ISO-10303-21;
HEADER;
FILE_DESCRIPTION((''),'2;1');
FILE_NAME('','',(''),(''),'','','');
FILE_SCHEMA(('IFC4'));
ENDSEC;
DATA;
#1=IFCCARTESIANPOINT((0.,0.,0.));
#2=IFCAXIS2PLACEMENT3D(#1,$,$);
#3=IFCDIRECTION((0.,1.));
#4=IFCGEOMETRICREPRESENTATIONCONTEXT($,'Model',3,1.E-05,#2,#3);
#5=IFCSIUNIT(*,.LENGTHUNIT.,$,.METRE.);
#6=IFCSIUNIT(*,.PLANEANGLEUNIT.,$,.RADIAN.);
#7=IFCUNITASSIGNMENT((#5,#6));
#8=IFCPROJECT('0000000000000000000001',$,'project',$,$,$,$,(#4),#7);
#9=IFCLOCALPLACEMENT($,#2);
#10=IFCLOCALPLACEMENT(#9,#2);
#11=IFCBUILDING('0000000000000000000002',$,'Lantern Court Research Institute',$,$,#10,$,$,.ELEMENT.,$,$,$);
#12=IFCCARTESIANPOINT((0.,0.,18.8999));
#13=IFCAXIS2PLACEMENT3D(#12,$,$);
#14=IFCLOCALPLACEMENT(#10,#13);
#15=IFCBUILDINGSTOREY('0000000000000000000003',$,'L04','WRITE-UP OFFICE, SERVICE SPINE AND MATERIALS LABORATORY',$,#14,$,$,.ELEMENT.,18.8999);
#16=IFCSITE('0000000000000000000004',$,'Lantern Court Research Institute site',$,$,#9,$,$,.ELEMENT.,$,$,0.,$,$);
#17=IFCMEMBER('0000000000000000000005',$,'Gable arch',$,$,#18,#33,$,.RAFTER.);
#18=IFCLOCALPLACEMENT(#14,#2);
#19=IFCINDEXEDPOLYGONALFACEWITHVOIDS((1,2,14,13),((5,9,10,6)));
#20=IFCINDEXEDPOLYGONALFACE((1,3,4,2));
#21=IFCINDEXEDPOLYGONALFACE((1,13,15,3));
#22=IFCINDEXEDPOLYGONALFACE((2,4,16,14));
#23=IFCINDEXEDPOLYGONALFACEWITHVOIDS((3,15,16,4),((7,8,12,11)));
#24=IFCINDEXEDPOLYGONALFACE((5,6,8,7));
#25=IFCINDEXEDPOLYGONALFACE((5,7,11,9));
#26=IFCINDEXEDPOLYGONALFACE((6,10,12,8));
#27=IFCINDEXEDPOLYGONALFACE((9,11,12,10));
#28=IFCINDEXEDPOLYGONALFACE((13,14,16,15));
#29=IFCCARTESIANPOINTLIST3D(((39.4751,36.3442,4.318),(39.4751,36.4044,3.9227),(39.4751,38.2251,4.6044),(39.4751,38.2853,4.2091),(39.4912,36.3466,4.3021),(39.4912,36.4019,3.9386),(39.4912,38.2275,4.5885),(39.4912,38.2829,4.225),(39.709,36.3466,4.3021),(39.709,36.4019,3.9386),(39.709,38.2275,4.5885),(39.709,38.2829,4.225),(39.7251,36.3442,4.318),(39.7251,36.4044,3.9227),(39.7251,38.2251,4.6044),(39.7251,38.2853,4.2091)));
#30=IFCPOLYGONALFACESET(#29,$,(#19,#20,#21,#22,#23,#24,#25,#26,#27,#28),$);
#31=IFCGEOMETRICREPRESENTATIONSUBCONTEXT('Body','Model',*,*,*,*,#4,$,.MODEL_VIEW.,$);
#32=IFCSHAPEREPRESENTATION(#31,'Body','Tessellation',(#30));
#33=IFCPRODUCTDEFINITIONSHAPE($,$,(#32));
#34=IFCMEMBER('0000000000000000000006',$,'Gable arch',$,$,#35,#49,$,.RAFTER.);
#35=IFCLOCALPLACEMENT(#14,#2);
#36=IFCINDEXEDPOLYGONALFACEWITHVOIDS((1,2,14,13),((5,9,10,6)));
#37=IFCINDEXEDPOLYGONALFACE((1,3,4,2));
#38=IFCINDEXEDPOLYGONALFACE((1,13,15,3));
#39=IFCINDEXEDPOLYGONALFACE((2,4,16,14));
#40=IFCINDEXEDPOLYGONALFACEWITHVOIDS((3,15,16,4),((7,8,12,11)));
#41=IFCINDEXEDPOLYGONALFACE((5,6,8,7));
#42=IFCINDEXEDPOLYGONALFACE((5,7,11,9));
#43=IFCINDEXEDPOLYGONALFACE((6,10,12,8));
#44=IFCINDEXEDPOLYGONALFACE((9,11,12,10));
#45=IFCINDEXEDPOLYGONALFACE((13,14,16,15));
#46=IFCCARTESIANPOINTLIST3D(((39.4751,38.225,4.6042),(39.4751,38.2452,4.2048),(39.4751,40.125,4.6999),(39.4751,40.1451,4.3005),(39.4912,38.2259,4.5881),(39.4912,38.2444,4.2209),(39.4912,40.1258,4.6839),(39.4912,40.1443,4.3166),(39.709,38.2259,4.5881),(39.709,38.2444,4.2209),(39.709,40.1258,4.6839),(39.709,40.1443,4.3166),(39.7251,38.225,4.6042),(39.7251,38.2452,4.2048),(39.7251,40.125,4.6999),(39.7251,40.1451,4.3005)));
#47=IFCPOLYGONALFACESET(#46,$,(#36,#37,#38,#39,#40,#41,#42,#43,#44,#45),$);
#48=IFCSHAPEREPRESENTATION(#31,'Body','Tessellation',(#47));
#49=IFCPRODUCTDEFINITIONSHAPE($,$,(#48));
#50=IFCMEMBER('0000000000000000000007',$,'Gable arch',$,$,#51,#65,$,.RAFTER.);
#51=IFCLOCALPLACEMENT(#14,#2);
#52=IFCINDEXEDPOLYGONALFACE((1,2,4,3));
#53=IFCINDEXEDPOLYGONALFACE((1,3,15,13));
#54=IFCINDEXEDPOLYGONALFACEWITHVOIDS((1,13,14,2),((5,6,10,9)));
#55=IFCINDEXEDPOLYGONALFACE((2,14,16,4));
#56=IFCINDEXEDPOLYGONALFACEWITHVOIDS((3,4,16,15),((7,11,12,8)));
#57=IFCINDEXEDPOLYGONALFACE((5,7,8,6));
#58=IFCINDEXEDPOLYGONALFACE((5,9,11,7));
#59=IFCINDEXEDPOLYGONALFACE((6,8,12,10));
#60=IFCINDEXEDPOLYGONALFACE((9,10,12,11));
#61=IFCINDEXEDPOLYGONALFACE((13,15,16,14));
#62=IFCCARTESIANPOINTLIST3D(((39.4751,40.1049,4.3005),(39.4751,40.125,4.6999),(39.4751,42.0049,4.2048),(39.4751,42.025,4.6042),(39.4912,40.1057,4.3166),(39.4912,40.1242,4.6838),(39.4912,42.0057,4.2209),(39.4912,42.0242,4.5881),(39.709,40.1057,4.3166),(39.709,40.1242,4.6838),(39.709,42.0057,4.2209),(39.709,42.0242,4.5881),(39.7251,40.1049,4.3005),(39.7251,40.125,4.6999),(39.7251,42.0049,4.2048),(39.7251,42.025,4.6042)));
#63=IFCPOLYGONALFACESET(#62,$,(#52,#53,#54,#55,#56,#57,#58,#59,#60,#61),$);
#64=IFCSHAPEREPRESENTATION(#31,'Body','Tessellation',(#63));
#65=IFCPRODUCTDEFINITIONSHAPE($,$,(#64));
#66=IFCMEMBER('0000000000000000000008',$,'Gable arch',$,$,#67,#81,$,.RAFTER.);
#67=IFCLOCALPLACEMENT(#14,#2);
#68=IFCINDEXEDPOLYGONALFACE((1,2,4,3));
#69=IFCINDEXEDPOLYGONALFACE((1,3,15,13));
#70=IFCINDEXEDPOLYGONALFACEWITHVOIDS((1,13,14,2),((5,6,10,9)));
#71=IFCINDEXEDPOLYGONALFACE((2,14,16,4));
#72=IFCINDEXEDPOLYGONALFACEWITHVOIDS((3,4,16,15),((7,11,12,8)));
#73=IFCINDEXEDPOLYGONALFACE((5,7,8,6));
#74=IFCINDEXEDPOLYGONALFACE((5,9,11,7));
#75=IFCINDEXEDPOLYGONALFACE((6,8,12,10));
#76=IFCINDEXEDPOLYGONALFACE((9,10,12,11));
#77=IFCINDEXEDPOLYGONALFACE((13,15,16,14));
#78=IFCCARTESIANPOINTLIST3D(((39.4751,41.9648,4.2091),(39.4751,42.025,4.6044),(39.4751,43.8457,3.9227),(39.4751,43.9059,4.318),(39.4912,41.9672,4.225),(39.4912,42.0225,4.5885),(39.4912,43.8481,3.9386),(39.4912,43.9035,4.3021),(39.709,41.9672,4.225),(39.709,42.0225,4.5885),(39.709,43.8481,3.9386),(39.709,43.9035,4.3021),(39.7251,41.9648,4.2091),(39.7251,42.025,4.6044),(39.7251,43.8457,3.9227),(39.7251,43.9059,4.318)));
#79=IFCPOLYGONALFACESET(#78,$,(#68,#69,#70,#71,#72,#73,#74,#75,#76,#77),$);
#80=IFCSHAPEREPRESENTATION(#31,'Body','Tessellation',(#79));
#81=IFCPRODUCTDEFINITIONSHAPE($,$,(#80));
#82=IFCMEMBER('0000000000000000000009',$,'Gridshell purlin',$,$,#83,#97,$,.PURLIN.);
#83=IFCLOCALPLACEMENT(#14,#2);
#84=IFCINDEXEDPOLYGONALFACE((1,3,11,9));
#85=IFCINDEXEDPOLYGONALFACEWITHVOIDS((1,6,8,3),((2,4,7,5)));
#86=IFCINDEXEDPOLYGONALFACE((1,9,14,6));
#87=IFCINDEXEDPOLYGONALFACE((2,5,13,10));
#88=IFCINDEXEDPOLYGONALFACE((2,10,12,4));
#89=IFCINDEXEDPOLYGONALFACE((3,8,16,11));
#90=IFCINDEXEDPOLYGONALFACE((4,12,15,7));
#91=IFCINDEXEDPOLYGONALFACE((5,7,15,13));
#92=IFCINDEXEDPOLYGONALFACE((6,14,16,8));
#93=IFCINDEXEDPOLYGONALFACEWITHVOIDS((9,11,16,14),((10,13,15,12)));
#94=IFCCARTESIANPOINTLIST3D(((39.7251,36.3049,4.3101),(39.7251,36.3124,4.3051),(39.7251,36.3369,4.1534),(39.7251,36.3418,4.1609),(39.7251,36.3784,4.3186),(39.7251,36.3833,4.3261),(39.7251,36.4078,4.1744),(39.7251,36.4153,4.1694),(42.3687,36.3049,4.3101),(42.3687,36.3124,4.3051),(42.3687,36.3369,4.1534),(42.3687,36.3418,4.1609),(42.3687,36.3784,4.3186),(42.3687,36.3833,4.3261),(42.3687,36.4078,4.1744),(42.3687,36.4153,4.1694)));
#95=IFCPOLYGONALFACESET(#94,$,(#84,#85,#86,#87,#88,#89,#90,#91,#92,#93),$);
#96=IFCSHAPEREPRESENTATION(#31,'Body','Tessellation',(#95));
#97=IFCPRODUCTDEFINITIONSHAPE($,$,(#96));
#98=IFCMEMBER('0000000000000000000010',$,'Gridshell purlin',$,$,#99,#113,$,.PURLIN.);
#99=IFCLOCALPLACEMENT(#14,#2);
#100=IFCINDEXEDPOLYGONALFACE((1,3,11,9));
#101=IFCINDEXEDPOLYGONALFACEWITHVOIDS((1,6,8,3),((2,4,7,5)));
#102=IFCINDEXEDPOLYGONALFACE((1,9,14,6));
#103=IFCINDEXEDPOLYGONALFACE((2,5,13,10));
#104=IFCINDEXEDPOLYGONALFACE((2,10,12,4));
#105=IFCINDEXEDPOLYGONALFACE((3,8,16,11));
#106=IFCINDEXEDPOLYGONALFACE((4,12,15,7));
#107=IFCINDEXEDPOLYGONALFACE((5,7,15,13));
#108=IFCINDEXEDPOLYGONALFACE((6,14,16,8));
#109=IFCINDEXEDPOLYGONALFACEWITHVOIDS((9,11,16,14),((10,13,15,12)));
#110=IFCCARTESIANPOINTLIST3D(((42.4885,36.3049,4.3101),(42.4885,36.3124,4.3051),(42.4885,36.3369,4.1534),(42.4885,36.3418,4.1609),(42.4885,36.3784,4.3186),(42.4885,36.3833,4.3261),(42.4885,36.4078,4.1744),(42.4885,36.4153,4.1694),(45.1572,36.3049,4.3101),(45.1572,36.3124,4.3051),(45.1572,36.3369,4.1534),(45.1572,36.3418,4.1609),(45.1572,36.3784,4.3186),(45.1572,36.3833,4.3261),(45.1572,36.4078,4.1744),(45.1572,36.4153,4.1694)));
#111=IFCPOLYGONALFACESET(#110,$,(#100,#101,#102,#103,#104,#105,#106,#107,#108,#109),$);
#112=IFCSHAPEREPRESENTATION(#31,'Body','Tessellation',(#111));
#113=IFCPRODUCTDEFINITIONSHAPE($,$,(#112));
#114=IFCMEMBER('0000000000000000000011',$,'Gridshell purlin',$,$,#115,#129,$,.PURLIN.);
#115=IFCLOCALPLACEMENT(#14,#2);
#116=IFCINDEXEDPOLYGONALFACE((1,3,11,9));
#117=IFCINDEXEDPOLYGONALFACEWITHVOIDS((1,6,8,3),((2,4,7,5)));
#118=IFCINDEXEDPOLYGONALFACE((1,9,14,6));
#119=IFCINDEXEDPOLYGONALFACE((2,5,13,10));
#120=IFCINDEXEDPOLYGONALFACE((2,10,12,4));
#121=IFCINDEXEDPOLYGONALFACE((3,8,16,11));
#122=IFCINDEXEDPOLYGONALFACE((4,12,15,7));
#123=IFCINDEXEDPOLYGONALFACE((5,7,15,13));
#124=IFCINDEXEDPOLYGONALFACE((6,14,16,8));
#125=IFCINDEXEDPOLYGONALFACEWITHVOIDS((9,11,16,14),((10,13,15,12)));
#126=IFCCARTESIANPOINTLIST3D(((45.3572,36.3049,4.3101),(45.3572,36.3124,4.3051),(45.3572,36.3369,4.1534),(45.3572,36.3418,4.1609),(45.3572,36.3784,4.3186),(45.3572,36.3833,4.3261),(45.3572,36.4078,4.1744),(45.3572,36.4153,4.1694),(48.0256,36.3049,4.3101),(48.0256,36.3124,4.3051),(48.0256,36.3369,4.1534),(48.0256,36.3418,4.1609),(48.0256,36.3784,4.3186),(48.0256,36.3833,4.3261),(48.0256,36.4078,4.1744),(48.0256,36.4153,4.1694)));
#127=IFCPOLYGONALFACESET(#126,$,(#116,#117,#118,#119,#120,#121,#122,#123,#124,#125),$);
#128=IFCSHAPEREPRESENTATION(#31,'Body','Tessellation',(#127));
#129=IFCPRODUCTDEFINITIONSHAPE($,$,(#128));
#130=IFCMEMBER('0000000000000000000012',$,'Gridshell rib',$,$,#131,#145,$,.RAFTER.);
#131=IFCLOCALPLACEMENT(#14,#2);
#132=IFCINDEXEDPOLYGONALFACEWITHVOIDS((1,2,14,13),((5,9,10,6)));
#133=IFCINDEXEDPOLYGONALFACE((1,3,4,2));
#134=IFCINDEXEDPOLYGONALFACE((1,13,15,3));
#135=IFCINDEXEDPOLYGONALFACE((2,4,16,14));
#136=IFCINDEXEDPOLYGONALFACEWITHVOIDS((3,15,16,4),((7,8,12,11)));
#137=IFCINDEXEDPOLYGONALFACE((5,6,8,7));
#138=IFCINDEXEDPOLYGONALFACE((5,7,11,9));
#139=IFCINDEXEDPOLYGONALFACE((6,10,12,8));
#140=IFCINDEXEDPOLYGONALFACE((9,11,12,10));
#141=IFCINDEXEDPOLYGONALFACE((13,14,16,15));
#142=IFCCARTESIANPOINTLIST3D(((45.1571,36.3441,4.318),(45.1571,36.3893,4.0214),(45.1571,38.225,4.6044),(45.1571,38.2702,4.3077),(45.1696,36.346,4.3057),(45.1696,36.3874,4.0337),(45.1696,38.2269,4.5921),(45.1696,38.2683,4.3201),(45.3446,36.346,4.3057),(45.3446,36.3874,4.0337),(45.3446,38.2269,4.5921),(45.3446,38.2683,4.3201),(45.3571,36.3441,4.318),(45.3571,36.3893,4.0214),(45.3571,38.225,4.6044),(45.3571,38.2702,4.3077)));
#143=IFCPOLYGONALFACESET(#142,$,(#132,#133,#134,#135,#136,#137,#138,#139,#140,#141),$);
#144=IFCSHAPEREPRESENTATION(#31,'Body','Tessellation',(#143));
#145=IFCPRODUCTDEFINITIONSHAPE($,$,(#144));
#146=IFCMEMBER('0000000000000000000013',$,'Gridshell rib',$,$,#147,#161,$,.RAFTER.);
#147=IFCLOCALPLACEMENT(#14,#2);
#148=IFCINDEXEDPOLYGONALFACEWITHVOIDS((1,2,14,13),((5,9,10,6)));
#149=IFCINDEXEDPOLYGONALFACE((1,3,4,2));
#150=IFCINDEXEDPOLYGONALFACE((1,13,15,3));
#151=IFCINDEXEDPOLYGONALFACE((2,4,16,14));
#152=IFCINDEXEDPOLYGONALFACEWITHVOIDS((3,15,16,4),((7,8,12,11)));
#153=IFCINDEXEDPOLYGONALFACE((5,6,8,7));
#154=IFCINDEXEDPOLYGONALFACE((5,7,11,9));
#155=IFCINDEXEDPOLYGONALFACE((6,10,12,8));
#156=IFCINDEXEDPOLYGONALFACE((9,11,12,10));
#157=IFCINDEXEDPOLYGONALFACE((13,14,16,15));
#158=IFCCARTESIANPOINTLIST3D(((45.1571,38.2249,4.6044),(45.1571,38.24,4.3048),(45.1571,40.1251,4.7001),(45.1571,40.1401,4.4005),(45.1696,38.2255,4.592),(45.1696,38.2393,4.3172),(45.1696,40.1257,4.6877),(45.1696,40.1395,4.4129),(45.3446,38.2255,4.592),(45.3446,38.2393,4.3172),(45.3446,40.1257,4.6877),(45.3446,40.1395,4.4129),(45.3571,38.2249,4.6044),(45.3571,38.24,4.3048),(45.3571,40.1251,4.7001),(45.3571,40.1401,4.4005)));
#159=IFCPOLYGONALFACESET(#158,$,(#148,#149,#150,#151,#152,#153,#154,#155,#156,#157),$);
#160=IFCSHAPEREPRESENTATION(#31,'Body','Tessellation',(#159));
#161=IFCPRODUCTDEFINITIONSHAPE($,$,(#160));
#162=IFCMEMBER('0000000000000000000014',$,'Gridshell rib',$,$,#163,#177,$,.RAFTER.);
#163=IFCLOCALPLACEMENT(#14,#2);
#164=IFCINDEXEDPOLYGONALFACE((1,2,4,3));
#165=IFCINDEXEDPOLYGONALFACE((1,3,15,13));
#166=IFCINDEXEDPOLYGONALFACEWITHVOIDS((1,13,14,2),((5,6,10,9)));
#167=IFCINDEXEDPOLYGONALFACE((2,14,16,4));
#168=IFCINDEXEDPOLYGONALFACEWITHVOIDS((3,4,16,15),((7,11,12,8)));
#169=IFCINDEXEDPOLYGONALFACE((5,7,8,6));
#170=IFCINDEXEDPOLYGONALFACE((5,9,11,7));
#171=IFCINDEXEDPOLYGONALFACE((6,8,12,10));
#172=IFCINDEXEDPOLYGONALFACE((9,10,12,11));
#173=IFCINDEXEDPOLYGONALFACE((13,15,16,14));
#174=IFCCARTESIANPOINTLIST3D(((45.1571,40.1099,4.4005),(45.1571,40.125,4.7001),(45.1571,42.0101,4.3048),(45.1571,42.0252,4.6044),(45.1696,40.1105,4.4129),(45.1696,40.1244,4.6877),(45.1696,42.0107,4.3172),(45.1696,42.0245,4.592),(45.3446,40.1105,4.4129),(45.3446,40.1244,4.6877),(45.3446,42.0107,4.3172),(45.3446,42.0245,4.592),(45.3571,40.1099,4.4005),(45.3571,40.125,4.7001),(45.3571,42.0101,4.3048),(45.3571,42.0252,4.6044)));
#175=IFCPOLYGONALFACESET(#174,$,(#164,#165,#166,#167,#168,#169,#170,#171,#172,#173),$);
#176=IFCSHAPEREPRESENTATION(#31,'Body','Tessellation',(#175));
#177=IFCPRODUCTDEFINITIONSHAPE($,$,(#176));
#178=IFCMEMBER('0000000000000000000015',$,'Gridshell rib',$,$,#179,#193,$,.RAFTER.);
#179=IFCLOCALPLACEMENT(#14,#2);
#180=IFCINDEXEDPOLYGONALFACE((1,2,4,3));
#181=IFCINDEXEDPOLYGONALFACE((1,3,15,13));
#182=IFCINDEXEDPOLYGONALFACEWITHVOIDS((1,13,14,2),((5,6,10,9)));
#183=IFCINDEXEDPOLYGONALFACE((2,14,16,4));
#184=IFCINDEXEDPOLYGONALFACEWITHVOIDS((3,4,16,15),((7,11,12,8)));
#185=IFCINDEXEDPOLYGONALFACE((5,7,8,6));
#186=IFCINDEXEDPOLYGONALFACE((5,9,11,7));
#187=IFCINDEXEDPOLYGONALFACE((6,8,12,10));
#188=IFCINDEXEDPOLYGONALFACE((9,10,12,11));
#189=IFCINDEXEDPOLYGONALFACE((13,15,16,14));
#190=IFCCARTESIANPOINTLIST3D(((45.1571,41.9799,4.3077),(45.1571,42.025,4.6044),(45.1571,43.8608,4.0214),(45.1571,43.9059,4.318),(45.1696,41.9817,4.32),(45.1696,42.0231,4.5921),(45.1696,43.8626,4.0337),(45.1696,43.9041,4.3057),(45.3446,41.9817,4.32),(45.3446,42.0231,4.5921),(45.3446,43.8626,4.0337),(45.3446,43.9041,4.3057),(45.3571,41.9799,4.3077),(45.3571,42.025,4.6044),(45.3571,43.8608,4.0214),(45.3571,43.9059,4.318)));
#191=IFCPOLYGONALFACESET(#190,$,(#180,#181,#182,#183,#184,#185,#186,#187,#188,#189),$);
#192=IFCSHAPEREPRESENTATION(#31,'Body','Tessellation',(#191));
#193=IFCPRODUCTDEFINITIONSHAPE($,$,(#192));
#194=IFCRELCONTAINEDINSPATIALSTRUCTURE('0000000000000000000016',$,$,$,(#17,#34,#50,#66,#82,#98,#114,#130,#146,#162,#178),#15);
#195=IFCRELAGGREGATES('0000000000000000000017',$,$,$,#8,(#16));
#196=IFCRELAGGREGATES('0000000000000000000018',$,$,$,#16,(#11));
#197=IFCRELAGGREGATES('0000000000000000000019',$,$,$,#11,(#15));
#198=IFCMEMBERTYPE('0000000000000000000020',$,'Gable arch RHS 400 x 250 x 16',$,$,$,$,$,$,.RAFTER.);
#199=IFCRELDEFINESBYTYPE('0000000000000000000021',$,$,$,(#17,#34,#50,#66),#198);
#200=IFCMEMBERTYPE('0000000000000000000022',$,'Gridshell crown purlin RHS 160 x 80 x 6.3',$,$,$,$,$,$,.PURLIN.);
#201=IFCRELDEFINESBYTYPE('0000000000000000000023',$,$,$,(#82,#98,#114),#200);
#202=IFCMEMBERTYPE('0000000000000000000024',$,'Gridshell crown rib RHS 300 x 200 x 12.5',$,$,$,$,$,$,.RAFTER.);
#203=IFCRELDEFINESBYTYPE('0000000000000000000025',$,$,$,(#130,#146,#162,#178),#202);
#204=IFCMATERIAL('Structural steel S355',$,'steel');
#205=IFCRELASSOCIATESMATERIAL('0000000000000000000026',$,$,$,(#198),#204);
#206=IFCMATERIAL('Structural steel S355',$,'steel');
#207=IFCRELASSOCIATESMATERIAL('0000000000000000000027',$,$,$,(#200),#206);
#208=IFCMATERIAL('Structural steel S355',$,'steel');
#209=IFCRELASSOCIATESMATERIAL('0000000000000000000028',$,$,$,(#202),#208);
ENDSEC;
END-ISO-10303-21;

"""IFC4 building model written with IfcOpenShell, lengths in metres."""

from ifc_helpers import new_model, si_unit, direction, frame, origin, origin_2d, place, context, subcontext, project, spatial, hollow_rectangle, extrude, material, material_profile, profile_set, type_object, element, save


model = new_model("IFC4")

# Units and contexts
model_context = context("Model", 3, precision=1e-05, world=origin(), true_north=direction((0.0, 1.0)))
body_context = subcontext(model_context, "Body", "Model", "MODEL_VIEW")
ifc_project = project(units=[si_unit("LENGTHUNIT", "METRE"), si_unit("PLANEANGLEUNIT", "RADIAN")], contexts=[model_context])

# Site, building, storey
site_placement = place(None, origin())
site = spatial("IfcSite", under=ifc_project, at=site_placement, Name="Lantern Court Research Institute site", CompositionType="ELEMENT", RefElevation=0.0)
building_placement = place(site_placement, origin())
building = spatial("IfcBuilding", under=site, at=building_placement, Name="Lantern Court Research Institute", CompositionType="ELEMENT")
storey_placement = place(building_placement, frame((0.0, 0.0, 18.8999)))
storey = spatial("IfcBuildingStorey", under=building, at=storey_placement, Name="L04", Description="WRITE-UP OFFICE, SERVICE SPINE AND MATERIALS LABORATORY", CompositionType="ELEMENT", Elevation=18.8999)

# Members
ifc_material_1 = material(Name="Structural steel S355", Category="steel")
ifc_material_profile_1 = material_profile(ifc_material_1, hollow_rectangle(XDim=0.25, YDim=0.3999, WallThickness=0.0161, at=origin_2d()), Name="Gable arch RHS 400 x 250 x 16")
ifc_profile_set_1 = profile_set([ifc_material_profile_1], Name="Structural steel S355")
member_type_1 = type_object("IfcMemberType", Name="Gable arch RHS 400 x 250 x 16", PredefinedType="RAFTER", material=ifc_profile_set_1)
member_1_placement = place(storey_placement, frame((39.6001, 36.3743, 4.1204), z_axis=(0.0, 0.988606, 0.150524), x_axis=(-1.0, 0.0, 0.0)))
element("IfcMember", 1, at=member_1_placement, inside=storey, type_object=member_type_1, Name="Gable arch", PredefinedType="RAFTER", context=body_context, shape_type="SweptSolid", body=[
    extrude(hollow_rectangle(XDim=0.25, YDim=0.3999, WallThickness=0.0161, at=origin_2d()), origin(), (0.0, 0.0, 1.0), 1.9026),
])
for number, where, z_axis, x_axis, name in (
    (2, (39.6001, 38.2351, 4.4045), (0.0, 0.998734, 0.050309), (-1.0, 0.0, 0.0), "Gable arch"),
    (3, (39.6001, 40.115, 4.5002), (0.0, 0.998734, -0.050309), (-1.0, 0.0, 0.0), "Gable arch"),
):
    element("IfcMember", number, at=place(storey_placement, frame(where, z_axis=z_axis, x_axis=x_axis)), inside=storey, type_object=member_type_1, Name=name, PredefinedType="RAFTER", context=body_context, shape_type="SweptSolid", body=[
        extrude(hollow_rectangle(XDim=0.25, YDim=0.3999, WallThickness=0.0161, at=origin_2d()), origin(), (0.0, 0.0, 1.0), 1.9023),
    ])
member_2_placement = place(storey_placement, frame((39.6001, 41.9949, 4.4067), z_axis=(0.0, 0.988606, -0.150524), x_axis=(-1.0, 0.0, 0.0)))
element("IfcMember", 4, at=member_2_placement, inside=storey, type_object=member_type_1, Name="Gable arch", PredefinedType="RAFTER", context=body_context, shape_type="SweptSolid", body=[
    extrude(hollow_rectangle(XDim=0.25, YDim=0.3999, WallThickness=0.0161, at=origin_2d()), origin(), (0.0, 0.0, 1.0), 1.9026),
])
ifc_material_2 = material(Name="Structural steel S355", Category="steel")
ifc_material_profile_2 = material_profile(ifc_material_2, hollow_rectangle(XDim=0.0801, YDim=0.1599, WallThickness=0.0063, at=origin_2d()), Name="Gridshell crown purlin RHS 160 x 80 x 6.3")
ifc_profile_set_2 = profile_set([ifc_material_profile_2], Name="Structural steel S355")
member_type_2 = type_object("IfcMemberType", Name="Gridshell crown purlin RHS 160 x 80 x 6.3", PredefinedType="PURLIN", material=ifc_profile_set_2)
member_3_placement = place(storey_placement, frame((39.7251, 36.3601, 4.2397), z_axis=(1.0, 0.0, 0.0), x_axis=(0.0, 0.979787, 0.200043)))
element("IfcMember", 5, at=member_3_placement, inside=storey, type_object=member_type_2, Name="Gridshell purlin", PredefinedType="PURLIN", context=body_context, shape_type="SweptSolid", body=[
    extrude(hollow_rectangle(XDim=0.0801, YDim=0.1599, WallThickness=0.0063, at=origin_2d()), origin(), (0.0, 0.0, 1.0), 2.6436),
])
member_4_placement = place(storey_placement, frame((42.4885, 36.3601, 4.2397), z_axis=(1.0, 0.0, 0.0), x_axis=(0.0, 0.979787, 0.200043)))
element("IfcMember", 6, at=member_4_placement, inside=storey, type_object=member_type_2, Name="Gridshell purlin", PredefinedType="PURLIN", context=body_context, shape_type="SweptSolid", body=[
    extrude(hollow_rectangle(XDim=0.0801, YDim=0.1599, WallThickness=0.0063, at=origin_2d()), origin(), (0.0, 0.0, 1.0), 2.6687),
])
member_5_placement = place(storey_placement, frame((45.3572, 36.3601, 4.2397), z_axis=(1.0, 0.0, 0.0), x_axis=(0.0, 0.979787, 0.200043)))
element("IfcMember", 7, at=member_5_placement, inside=storey, type_object=member_type_2, Name="Gridshell purlin", PredefinedType="PURLIN", context=body_context, shape_type="SweptSolid", body=[
    extrude(hollow_rectangle(XDim=0.0801, YDim=0.1599, WallThickness=0.0063, at=origin_2d()), origin(), (0.0, 0.0, 1.0), 2.6685),
])
ifc_material_3 = material(Name="Structural steel S355", Category="steel")
ifc_material_profile_3 = material_profile(ifc_material_3, hollow_rectangle(XDim=0.2, YDim=0.3, WallThickness=0.0125, at=origin_2d()), Name="Gridshell crown rib RHS 300 x 200 x 12.5")
ifc_profile_set_3 = profile_set([ifc_material_profile_3], Name="Structural steel S355")
member_type_3 = type_object("IfcMemberType", Name="Gridshell crown rib RHS 300 x 200 x 12.5", PredefinedType="RAFTER", material=ifc_profile_set_3)
for number, where, z_axis, x_axis, name in (
    (8, (45.2571, 36.3667, 4.1697), (0.0, 0.988606, 0.150524), (-1.0, 0.0, 0.0), "Gridshell rib"),
    (9, (45.2571, 38.2324, 4.4546), (0.0, 0.998734, 0.050302), (-1.0, 0.0, 0.0), "Gridshell rib"),
    (10, (45.2571, 40.1174, 4.5503), (0.0, 0.998734, -0.050302), (-1.0, 0.0, 0.0), "Gridshell rib"),
    (11, (45.2571, 42.0024, 4.4561), (0.0, 0.988606, -0.150524), (-1.0, 0.0, 0.0), "Gridshell rib"),
):
    element("IfcMember", number, at=place(storey_placement, frame(where, z_axis=z_axis, x_axis=x_axis)), inside=storey, type_object=member_type_3, Name=name, PredefinedType="RAFTER", context=body_context, shape_type="SweptSolid", body=[
        extrude(hollow_rectangle(XDim=0.2, YDim=0.3, WallThickness=0.0125, at=origin_2d()), origin(), (0.0, 0.0, 1.0), 1.9026),
    ])

save(model, "model.ifc")
